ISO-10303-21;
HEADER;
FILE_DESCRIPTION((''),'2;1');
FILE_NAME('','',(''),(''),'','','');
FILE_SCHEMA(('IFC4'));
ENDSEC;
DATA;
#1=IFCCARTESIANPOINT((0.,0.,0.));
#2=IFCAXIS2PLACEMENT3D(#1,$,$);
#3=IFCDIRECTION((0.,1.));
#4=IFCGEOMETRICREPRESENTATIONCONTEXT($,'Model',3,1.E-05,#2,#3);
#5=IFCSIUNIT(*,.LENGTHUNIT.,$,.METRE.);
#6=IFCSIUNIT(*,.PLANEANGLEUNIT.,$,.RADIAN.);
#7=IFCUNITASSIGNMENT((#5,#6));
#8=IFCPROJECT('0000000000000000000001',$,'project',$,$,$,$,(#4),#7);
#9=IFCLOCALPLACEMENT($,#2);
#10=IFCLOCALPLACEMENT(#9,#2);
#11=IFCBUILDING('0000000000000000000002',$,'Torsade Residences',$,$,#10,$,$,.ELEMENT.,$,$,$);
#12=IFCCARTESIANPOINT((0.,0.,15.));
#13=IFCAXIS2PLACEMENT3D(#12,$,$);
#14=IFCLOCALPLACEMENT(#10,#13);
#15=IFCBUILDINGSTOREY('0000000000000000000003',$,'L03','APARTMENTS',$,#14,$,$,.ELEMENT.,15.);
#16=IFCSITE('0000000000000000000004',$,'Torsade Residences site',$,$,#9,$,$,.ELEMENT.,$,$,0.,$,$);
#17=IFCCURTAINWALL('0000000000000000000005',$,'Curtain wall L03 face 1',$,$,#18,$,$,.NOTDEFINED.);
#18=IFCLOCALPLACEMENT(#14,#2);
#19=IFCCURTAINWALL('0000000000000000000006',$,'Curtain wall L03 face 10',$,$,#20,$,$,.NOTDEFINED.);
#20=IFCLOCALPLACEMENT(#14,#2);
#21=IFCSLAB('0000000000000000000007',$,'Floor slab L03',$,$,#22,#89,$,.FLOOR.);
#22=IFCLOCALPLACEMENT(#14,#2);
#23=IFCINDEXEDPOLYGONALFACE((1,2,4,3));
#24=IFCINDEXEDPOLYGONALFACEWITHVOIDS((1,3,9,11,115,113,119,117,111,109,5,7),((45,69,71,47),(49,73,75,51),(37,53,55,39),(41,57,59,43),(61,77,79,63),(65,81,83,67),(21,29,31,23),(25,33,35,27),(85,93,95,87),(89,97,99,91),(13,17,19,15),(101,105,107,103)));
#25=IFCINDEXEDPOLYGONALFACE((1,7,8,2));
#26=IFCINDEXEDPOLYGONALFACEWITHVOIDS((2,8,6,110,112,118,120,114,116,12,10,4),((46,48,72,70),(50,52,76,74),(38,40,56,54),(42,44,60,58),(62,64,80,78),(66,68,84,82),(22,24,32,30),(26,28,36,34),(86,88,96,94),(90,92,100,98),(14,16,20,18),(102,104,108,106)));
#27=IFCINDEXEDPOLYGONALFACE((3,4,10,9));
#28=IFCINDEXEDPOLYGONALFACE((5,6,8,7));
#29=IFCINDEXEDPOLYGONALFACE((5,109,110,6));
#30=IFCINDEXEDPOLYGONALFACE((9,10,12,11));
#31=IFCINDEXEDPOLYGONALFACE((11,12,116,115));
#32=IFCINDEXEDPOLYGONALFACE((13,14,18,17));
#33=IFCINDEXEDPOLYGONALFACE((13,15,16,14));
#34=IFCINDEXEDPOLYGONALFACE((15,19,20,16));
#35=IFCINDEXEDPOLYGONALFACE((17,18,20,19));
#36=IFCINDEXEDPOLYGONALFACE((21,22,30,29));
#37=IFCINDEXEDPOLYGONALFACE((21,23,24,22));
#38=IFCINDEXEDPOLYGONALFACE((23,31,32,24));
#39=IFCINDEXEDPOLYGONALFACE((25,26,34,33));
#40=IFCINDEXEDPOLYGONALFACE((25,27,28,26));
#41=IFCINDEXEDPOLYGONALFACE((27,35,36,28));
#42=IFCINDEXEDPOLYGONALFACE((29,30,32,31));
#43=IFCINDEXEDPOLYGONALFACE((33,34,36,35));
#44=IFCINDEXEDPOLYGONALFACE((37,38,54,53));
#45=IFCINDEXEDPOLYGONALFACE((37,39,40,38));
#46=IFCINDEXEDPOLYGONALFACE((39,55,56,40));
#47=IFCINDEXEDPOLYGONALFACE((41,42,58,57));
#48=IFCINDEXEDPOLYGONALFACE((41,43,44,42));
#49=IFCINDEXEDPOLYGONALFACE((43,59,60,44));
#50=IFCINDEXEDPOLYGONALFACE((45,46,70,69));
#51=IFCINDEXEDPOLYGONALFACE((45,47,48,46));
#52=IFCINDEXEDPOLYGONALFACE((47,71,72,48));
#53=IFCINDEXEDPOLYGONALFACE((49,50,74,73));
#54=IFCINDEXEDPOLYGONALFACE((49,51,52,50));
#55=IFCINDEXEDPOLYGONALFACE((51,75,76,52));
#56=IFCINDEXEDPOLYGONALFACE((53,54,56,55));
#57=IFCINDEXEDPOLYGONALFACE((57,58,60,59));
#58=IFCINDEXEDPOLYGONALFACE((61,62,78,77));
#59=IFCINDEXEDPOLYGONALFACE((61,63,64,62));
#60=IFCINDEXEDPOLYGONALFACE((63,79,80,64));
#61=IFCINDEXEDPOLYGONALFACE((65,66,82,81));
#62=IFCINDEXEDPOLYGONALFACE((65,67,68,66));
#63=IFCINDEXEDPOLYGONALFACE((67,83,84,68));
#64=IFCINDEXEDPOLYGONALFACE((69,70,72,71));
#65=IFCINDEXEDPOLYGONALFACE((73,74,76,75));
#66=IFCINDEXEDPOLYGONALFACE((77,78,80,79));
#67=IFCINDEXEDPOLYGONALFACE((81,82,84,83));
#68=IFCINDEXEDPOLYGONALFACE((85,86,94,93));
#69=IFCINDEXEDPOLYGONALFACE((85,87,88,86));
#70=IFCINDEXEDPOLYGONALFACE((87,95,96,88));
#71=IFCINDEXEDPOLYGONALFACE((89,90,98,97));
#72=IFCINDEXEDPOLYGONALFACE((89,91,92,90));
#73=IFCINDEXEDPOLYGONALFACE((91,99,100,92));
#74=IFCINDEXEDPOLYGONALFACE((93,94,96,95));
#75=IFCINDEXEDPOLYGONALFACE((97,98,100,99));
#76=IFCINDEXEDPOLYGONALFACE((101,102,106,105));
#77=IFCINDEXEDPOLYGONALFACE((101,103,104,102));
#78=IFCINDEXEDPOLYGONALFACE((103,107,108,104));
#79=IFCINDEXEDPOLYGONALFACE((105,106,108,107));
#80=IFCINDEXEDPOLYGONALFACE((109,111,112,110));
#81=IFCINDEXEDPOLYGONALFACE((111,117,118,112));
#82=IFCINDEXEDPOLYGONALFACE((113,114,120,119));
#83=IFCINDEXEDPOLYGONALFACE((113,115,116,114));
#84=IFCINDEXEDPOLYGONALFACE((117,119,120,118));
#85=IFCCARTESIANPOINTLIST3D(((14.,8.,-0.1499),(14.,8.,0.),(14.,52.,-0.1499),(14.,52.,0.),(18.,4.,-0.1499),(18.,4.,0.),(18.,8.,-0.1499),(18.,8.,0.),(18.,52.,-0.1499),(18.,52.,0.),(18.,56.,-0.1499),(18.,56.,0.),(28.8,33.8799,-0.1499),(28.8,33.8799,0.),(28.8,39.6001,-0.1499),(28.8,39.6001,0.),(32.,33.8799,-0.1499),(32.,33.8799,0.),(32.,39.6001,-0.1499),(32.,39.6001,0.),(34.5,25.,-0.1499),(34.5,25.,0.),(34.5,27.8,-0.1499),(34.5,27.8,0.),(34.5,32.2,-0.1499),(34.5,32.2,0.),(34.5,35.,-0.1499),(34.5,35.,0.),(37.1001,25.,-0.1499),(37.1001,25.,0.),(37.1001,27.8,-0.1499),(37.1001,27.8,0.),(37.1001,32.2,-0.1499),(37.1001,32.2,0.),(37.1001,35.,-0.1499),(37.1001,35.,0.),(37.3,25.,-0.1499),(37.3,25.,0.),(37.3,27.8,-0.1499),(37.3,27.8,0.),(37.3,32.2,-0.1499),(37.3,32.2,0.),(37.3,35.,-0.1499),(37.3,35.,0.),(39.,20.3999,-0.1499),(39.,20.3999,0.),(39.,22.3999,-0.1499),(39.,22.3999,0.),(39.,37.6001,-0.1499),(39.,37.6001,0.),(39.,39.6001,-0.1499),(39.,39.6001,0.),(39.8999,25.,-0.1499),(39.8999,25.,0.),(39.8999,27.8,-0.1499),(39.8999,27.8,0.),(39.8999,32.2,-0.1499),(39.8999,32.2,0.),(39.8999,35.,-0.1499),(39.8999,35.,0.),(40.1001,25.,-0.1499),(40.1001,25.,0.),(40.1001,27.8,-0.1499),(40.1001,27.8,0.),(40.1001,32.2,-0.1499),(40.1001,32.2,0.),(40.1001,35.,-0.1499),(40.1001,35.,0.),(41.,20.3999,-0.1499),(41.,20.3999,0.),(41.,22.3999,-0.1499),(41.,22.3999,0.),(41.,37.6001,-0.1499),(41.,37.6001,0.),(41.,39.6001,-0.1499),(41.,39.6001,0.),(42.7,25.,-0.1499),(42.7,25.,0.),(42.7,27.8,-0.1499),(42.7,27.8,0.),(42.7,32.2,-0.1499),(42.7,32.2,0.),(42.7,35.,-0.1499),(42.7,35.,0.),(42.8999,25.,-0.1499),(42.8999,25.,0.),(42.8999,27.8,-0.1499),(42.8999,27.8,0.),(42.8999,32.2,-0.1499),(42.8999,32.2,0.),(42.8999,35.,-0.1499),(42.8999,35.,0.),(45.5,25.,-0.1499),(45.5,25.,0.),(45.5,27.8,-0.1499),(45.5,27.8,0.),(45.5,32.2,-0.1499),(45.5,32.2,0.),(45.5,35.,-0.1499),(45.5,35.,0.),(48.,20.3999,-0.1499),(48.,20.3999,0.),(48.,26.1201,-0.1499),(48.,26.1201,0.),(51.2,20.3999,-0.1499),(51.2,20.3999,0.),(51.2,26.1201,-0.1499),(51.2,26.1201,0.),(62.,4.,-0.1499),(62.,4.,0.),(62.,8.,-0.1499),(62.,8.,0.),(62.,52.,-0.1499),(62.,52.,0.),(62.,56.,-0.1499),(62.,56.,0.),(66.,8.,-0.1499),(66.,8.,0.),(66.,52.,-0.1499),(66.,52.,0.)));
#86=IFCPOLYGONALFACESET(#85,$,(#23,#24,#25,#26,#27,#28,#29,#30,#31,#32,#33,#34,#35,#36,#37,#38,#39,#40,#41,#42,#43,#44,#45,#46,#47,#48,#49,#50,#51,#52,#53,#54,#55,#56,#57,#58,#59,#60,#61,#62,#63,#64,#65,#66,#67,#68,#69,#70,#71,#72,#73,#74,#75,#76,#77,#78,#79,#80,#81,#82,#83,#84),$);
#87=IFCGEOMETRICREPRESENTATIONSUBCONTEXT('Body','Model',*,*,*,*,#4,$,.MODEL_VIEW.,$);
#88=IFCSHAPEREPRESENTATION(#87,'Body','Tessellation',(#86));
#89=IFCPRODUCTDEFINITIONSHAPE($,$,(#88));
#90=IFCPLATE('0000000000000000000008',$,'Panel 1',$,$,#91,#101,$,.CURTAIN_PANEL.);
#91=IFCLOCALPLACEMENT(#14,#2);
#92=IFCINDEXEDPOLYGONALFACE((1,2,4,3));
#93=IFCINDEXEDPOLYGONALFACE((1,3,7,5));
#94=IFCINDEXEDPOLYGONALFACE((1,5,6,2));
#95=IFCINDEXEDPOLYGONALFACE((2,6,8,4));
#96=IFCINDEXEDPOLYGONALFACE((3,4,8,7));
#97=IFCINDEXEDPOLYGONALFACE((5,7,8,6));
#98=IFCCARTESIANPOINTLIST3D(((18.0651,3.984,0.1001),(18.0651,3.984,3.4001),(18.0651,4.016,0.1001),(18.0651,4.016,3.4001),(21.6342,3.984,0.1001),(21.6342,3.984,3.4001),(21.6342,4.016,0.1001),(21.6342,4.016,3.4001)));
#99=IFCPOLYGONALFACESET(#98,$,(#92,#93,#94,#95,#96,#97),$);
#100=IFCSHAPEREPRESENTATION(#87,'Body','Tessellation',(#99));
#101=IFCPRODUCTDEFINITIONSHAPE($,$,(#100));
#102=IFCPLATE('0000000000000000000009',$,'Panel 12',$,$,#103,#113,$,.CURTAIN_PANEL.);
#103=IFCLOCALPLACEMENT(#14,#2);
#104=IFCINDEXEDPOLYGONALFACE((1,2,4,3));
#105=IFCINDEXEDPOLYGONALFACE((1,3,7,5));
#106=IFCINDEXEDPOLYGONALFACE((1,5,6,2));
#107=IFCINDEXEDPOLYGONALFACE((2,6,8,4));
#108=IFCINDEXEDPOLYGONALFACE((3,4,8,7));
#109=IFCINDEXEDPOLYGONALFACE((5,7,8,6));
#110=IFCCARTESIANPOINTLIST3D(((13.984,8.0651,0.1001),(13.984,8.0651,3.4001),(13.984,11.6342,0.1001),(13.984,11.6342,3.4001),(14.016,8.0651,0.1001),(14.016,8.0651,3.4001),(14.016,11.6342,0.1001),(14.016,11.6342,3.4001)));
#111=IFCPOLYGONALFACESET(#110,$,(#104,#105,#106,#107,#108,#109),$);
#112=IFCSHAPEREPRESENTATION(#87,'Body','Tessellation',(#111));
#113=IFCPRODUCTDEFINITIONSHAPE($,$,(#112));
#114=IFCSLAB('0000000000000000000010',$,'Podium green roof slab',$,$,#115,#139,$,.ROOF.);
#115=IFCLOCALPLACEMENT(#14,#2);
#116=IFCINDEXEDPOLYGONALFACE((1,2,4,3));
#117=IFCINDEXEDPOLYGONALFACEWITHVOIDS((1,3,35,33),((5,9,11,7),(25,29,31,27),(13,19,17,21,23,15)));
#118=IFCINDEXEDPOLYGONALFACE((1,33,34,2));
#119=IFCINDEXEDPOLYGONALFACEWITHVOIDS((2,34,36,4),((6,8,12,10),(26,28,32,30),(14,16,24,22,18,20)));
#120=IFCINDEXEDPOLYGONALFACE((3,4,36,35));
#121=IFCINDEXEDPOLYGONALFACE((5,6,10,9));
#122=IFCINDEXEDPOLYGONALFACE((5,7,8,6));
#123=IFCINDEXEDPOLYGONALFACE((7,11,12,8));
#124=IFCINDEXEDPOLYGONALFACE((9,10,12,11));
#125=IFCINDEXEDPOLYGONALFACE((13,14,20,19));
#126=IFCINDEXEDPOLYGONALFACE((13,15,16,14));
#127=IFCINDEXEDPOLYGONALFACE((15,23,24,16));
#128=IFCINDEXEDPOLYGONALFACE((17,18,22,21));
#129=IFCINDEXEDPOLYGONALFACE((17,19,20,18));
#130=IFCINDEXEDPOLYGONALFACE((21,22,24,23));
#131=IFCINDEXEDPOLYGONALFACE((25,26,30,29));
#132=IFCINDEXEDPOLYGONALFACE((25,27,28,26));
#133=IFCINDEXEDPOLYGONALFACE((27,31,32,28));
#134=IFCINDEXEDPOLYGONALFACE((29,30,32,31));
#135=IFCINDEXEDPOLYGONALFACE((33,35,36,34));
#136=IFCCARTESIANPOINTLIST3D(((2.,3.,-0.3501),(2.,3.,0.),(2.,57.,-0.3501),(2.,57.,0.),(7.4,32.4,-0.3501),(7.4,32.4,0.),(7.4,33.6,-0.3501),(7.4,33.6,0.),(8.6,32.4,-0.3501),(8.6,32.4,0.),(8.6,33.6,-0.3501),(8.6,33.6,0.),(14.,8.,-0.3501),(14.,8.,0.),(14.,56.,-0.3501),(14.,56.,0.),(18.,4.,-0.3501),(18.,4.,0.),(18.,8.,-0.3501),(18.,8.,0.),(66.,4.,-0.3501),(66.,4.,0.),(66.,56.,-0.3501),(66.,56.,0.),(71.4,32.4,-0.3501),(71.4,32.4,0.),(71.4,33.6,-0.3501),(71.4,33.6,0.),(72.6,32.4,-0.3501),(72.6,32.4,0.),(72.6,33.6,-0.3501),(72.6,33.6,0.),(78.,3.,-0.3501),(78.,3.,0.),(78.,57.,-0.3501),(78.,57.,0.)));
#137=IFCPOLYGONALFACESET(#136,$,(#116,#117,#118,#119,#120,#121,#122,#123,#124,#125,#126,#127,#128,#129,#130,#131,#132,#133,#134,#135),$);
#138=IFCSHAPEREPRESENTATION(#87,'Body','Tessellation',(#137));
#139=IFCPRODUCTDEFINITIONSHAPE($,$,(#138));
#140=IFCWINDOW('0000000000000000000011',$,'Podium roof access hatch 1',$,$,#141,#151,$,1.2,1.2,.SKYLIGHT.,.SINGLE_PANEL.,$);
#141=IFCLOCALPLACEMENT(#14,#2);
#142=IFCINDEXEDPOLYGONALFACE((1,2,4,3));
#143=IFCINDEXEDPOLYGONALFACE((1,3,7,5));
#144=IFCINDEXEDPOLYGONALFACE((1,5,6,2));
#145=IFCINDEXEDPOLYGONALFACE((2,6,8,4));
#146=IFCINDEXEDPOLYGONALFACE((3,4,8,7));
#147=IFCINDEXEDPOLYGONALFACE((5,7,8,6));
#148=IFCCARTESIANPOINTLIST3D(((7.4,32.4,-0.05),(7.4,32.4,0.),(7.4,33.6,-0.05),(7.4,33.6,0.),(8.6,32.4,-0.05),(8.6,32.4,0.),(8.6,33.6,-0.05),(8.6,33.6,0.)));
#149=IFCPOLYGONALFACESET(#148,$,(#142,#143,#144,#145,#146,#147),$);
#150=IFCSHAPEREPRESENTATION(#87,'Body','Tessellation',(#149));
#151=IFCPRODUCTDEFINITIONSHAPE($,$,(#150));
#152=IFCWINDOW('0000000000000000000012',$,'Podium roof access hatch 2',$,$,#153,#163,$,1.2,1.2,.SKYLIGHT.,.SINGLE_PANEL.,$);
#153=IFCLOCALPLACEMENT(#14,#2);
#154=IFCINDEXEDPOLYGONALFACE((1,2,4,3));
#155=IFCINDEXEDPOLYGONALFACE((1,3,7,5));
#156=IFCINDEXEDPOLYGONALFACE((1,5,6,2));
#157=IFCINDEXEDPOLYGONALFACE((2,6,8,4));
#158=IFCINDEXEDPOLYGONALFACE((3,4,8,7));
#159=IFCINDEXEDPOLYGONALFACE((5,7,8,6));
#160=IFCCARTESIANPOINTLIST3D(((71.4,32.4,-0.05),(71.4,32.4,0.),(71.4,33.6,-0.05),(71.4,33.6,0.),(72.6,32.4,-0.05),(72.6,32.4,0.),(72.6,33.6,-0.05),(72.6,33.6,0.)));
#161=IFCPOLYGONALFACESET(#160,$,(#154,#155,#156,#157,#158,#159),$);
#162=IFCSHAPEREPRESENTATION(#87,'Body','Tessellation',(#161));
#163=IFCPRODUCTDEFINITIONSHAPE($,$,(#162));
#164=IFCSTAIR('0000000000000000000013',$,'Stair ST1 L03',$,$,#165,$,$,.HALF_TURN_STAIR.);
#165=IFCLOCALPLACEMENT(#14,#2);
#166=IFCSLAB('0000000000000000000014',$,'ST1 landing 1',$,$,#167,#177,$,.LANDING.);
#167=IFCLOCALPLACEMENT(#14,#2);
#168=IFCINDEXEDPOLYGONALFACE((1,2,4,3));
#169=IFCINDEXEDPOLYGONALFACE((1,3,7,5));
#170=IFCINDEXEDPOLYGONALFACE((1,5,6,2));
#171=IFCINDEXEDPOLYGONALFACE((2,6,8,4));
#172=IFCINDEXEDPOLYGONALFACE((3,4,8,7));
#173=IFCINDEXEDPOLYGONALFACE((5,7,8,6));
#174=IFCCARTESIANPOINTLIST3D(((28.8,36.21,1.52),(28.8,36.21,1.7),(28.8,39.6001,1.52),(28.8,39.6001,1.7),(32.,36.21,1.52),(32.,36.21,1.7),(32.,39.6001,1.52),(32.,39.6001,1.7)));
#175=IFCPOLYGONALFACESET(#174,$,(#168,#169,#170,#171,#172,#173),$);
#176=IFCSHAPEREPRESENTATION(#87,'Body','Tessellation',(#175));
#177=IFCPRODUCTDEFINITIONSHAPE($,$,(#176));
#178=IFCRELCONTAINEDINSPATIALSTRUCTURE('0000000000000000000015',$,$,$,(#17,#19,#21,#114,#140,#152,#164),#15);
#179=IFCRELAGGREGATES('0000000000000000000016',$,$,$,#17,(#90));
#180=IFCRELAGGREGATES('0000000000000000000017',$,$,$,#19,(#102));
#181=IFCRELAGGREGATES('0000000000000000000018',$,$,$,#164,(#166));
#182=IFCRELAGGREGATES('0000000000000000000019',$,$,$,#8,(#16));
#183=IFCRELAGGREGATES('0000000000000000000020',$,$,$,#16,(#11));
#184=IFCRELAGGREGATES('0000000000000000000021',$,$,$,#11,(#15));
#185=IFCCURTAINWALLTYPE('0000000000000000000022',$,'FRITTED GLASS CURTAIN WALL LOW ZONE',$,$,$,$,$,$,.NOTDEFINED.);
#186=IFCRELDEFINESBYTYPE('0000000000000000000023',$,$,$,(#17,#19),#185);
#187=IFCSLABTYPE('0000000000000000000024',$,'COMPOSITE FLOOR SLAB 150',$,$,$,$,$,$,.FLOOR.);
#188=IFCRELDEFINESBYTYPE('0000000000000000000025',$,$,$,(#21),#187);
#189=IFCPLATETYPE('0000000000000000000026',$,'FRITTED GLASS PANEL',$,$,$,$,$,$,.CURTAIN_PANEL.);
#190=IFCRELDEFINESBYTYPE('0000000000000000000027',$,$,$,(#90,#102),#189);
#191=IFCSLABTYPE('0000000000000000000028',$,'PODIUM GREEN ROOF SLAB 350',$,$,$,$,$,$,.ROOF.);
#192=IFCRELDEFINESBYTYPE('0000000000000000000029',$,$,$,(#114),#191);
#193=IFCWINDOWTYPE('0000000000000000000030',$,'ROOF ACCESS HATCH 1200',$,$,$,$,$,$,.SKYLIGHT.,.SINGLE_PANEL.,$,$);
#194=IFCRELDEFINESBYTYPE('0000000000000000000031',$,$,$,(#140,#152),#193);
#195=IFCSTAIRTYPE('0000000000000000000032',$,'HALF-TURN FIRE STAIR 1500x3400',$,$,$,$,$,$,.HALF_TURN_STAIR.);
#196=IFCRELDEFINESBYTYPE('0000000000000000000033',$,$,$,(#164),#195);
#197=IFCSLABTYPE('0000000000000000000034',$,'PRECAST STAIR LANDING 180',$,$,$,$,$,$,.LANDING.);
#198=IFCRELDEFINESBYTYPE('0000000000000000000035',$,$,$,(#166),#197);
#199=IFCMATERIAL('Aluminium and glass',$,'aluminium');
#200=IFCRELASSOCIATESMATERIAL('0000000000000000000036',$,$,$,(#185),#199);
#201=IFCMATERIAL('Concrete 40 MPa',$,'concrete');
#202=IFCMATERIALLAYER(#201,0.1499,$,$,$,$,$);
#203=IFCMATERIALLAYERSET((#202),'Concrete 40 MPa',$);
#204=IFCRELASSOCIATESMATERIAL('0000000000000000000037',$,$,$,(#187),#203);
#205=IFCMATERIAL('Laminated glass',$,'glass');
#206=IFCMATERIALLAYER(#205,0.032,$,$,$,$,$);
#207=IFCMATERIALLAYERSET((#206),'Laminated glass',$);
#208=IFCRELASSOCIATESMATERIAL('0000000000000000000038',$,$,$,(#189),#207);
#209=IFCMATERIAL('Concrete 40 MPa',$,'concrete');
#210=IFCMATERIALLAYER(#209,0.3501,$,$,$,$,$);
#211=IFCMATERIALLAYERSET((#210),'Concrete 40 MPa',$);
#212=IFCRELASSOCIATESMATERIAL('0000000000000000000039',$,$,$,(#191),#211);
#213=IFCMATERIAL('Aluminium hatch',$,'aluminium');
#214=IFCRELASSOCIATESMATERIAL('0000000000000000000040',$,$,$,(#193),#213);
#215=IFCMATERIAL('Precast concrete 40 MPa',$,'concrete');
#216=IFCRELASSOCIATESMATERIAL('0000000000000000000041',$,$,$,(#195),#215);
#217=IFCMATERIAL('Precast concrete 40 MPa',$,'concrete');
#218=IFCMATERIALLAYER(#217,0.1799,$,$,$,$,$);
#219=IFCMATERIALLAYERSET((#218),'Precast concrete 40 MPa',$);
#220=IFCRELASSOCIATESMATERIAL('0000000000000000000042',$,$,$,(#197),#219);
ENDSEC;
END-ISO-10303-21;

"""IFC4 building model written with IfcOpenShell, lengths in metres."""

from ifc_helpers import new_model, si_unit, direction, frame, origin, origin_2d, place, context, subcontext, project, spatial, polyline, rectangle, outline, extrude, material, layer, layer_set, type_object, element, fill, aggregate, save


model = new_model("IFC4")

# Units and contexts
model_context = context("Model", 3, precision=1e-05, world=origin(), true_north=direction((0.0, 1.0)))
body_context = subcontext(model_context, "Body", "Model", "MODEL_VIEW")
ifc_project = project(units=[si_unit("LENGTHUNIT", "METRE"), si_unit("PLANEANGLEUNIT", "RADIAN")], contexts=[model_context])

# Site, building, storey
site_placement = place(None, origin())
site = spatial("IfcSite", under=ifc_project, at=site_placement, Name="Torsade Residences site", CompositionType="ELEMENT", RefElevation=0.0)
building_placement = place(site_placement, origin())
building = spatial("IfcBuilding", under=site, at=building_placement, Name="Torsade Residences", CompositionType="ELEMENT")
storey_placement = place(building_placement, frame((0.0, 0.0, 15.0)))
storey = spatial("IfcBuildingStorey", under=building, at=storey_placement, Name="L03", Description="APARTMENTS", CompositionType="ELEMENT", Elevation=15.0)

# Curtain wall
ifc_material_1 = material(Name="Aluminium and glass", Category="aluminium")
curtain_wall_type = type_object("IfcCurtainWallType", Name="FRITTED GLASS CURTAIN WALL LOW ZONE", PredefinedType="NOTDEFINED", material=ifc_material_1)
curtain_wall_1_placement = place(storey_placement, origin())
curtain_wall_1 = element("IfcCurtainWall", 1, at=curtain_wall_1_placement, inside=storey, type_object=curtain_wall_type, Name="Curtain wall L03 face 1", PredefinedType="NOTDEFINED")

# Curtain wall
curtain_wall_2_placement = place(storey_placement, origin())
curtain_wall_2 = element("IfcCurtainWall", 2, at=curtain_wall_2_placement, inside=storey, type_object=curtain_wall_type, Name="Curtain wall L03 face 10", PredefinedType="NOTDEFINED")

# Slab
ifc_material_2 = material(Name="Concrete 40 MPa", Category="concrete")
ifc_layer_1 = layer(ifc_material_2, 0.1499)
ifc_layer_set_1 = layer_set([ifc_layer_1], Name="Concrete 40 MPa")
slab_type_1 = type_object("IfcSlabType", Name="COMPOSITE FLOOR SLAB 150", PredefinedType="FLOOR", material=ifc_layer_set_1)
slab_1_placement = place(storey_placement, frame((0.0, 0.0, -0.1499)))
element("IfcSlab", 3, at=slab_1_placement, inside=storey, type_object=slab_type_1, Name="Floor slab L03", PredefinedType="FLOOR", context=body_context, shape_type="SweptSolid", body=[
    extrude(outline(polyline([(18.0, 4.0), (62.0, 4.0), (62.0, 8.0), (66.0, 8.0), (66.0, 52.0), (62.0, 52.0), (62.0, 56.0), (18.0, 56.0), (18.0, 52.0), (14.0, 52.0), (14.0, 8.0), (18.0, 8.0), (18.0, 4.0)]), holes=[polyline([(51.2, 20.3999), (51.2, 26.1201), (48.0, 26.1201), (48.0, 20.3999), (51.2, 20.3999)]), polyline([(45.5, 27.8), (42.8999, 27.8), (42.8999, 25.0), (45.5, 25.0), (45.5, 27.8)]), polyline([(45.5, 32.2), (45.5, 35.0), (42.8999, 35.0), (42.8999, 32.2), (45.5, 32.2)]), polyline([(42.7, 25.0), (42.7, 27.8), (40.1001, 27.8), (40.1001, 25.0), (42.7, 25.0)]), polyline([(42.7, 32.2), (42.7, 35.0), (40.1001, 35.0), (40.1001, 32.2), (42.7, 32.2)]), polyline([(41.0, 22.3999), (39.0, 22.3999), (39.0, 20.3999), (41.0, 20.3999), (41.0, 22.3999)]), polyline([(41.0, 37.6001), (41.0, 39.6001), (39.0, 39.6001), (39.0, 37.6001), (41.0, 37.6001)]), polyline([(39.8999, 25.0), (39.8999, 27.8), (37.3, 27.8), (37.3, 25.0), (39.8999, 25.0)]), polyline([(39.8999, 35.0), (37.3, 35.0), (37.3, 32.2), (39.8999, 32.2), (39.8999, 35.0)]), polyline([(37.1001, 27.8), (34.5, 27.8), (34.5, 25.0), (37.1001, 25.0), (37.1001, 27.8)]), polyline([(37.1001, 32.2), (37.1001, 35.0), (34.5, 35.0), (34.5, 32.2), (37.1001, 32.2)]), polyline([(32.0, 33.8799), (32.0, 39.6001), (28.8, 39.6001), (28.8, 33.8799), (32.0, 33.8799)])]), origin(), (0.0, 0.0, 1.0), 0.1499),
])

# Plates
ifc_material_3 = material(Name="Laminated glass", Category="glass")
ifc_layer_2 = layer(ifc_material_3, 0.032)
ifc_layer_set_2 = layer_set([ifc_layer_2], Name="Laminated glass")
plate_type = type_object("IfcPlateType", Name="FRITTED GLASS PANEL", PredefinedType="CURTAIN_PANEL", material=ifc_layer_set_2)
plate_1_placement = place(storey_placement, frame((19.8496, 4.0, 0.1001), z_axis=(0.0, 0.0, 1.0), x_axis=(1.0, 0.0, 0.0)))
plate_1 = element("IfcPlate", 4, at=plate_1_placement, type_object=plate_type, Name="Panel 1", PredefinedType="CURTAIN_PANEL", context=body_context, shape_type="SweptSolid", body=[
    extrude(rectangle(XDim=3.5691, YDim=0.032, at=origin_2d()), origin(), (0.0, 0.0, 1.0), 3.3),
])
aggregate(curtain_wall_1, [plate_1])
plate_2_placement = place(storey_placement, frame((14.0, 9.8496, 0.1001), z_axis=(0.0, 0.0, 1.0), x_axis=(0.0, -1.0, 0.0)))
plate_2 = element("IfcPlate", 5, at=plate_2_placement, type_object=plate_type, Name="Panel 12", PredefinedType="CURTAIN_PANEL", context=body_context, shape_type="SweptSolid", body=[
    extrude(rectangle(XDim=3.5691, YDim=0.032, at=origin_2d()), origin(), (0.0, 0.0, 1.0), 3.3),
])
aggregate(curtain_wall_2, [plate_2])

# Slab, openings, windows
ifc_material_4 = material(Name="Concrete 40 MPa", Category="concrete")
ifc_layer_3 = layer(ifc_material_4, 0.3501)
ifc_layer_set_3 = layer_set([ifc_layer_3], Name="Concrete 40 MPa")
slab_type_2 = type_object("IfcSlabType", Name="PODIUM GREEN ROOF SLAB 350", PredefinedType="ROOF", material=ifc_layer_set_3)
slab_2_placement = place(storey_placement, frame((0.0, 0.0, -0.3501)))
slab_2 = element("IfcSlab", 6, at=slab_2_placement, inside=storey, type_object=slab_type_2, Name="Podium green roof slab", PredefinedType="ROOF", context=body_context, shape_type="SweptSolid", body=[
    extrude(outline(polyline([(78.0, 57.0), (2.0, 57.0), (2.0, 3.0), (78.0, 3.0), (78.0, 57.0)]), holes=[polyline([(14.0, 8.0), (18.0, 8.0), (18.0, 4.0), (66.0, 4.0), (66.0, 56.0), (14.0, 56.0), (14.0, 8.0)])]), origin(), (0.0, 0.0, 1.0), 0.3501),
])
opening_1_placement = place(slab_2_placement, frame((8.0, 33.0, 0.0)))
opening_1 = element("IfcOpeningElement", 7, at=opening_1_placement, cuts=slab_2, PredefinedType="OPENING", context=body_context, shape_type="SweptSolid", body=[
    extrude(rectangle(XDim=1.2, YDim=1.2, at=origin_2d()), origin(), (0.0, 0.0, 1.0), 0.3501),
])
opening_2_placement = place(slab_2_placement, frame((72.0, 33.0, 0.0)))
opening_2 = element("IfcOpeningElement", 8, at=opening_2_placement, cuts=slab_2, PredefinedType="OPENING", context=body_context, shape_type="SweptSolid", body=[
    extrude(rectangle(XDim=1.2, YDim=1.2, at=origin_2d()), origin(), (0.0, 0.0, 1.0), 0.3501),
])
ifc_material_5 = material(Name="Aluminium hatch", Category="aluminium")
window_type_1 = type_object("IfcWindowType", Name="ROOF ACCESS HATCH 1200", PartitioningType="SINGLE_PANEL", PredefinedType="SKYLIGHT", material=ifc_material_5)
window_1_placement = place(opening_1_placement, frame((0.0, 0.0, 0.3)))
window_1 = element("IfcWindow", 9, at=window_1_placement, inside=storey, type_object=window_type_1, Name="Podium roof access hatch 1", OverallHeight=1.2, OverallWidth=1.2, PartitioningType="SINGLE_PANEL", PredefinedType="SKYLIGHT", context=body_context, shape_type="SweptSolid", body=[
    extrude(rectangle(XDim=1.2, YDim=1.2, at=origin_2d()), origin(), (0.0, 0.0, 1.0), 0.05),
])
fill(opening_1, window_1)
window_2_placement = place(opening_2_placement, frame((0.0, 0.0, 0.3)))
window_2 = element("IfcWindow", 10, at=window_2_placement, inside=storey, type_object=window_type_1, Name="Podium roof access hatch 2", OverallHeight=1.2, OverallWidth=1.2, PartitioningType="SINGLE_PANEL", PredefinedType="SKYLIGHT", context=body_context, shape_type="SweptSolid", body=[
    extrude(rectangle(XDim=1.2, YDim=1.2, at=origin_2d()), origin(), (0.0, 0.0, 1.0), 0.05),
])
fill(opening_2, window_2)

# Stair, slab
ifc_material_6 = material(Name="Precast concrete 40 MPa", Category="concrete")
stair_type = type_object("IfcStairType", Name="HALF-TURN FIRE STAIR 1500x3400", PredefinedType="HALF_TURN_STAIR", material=ifc_material_6)
stair_1_placement = place(storey_placement, origin())
stair_1 = element("IfcStair", 11, at=stair_1_placement, inside=storey, type_object=stair_type, Name="Stair ST1 L03", PredefinedType="HALF_TURN_STAIR")
ifc_material_7 = material(Name="Precast concrete 40 MPa", Category="concrete")
ifc_layer_4 = layer(ifc_material_7, 0.1799)
ifc_layer_set_4 = layer_set([ifc_layer_4], Name="Precast concrete 40 MPa")
slab_type_3 = type_object("IfcSlabType", Name="PRECAST STAIR LANDING 180", PredefinedType="LANDING", material=ifc_layer_set_4)
slab_3_placement = place(storey_placement, frame((0.0, 0.0, 1.52)))
slab_3 = element("IfcSlab", 12, at=slab_3_placement, type_object=slab_type_3, Name="ST1 landing 1", PredefinedType="LANDING", context=body_context, shape_type="SweptSolid", body=[
    extrude(outline(polyline([(28.8, 36.21), (32.0, 36.21), (32.0, 39.6001), (28.8, 39.6001), (28.8, 36.21)])), origin(), (0.0, 0.0, 1.0), 0.1799),
])
aggregate(stair_1, [slab_3])

save(model, "model.ifc")
